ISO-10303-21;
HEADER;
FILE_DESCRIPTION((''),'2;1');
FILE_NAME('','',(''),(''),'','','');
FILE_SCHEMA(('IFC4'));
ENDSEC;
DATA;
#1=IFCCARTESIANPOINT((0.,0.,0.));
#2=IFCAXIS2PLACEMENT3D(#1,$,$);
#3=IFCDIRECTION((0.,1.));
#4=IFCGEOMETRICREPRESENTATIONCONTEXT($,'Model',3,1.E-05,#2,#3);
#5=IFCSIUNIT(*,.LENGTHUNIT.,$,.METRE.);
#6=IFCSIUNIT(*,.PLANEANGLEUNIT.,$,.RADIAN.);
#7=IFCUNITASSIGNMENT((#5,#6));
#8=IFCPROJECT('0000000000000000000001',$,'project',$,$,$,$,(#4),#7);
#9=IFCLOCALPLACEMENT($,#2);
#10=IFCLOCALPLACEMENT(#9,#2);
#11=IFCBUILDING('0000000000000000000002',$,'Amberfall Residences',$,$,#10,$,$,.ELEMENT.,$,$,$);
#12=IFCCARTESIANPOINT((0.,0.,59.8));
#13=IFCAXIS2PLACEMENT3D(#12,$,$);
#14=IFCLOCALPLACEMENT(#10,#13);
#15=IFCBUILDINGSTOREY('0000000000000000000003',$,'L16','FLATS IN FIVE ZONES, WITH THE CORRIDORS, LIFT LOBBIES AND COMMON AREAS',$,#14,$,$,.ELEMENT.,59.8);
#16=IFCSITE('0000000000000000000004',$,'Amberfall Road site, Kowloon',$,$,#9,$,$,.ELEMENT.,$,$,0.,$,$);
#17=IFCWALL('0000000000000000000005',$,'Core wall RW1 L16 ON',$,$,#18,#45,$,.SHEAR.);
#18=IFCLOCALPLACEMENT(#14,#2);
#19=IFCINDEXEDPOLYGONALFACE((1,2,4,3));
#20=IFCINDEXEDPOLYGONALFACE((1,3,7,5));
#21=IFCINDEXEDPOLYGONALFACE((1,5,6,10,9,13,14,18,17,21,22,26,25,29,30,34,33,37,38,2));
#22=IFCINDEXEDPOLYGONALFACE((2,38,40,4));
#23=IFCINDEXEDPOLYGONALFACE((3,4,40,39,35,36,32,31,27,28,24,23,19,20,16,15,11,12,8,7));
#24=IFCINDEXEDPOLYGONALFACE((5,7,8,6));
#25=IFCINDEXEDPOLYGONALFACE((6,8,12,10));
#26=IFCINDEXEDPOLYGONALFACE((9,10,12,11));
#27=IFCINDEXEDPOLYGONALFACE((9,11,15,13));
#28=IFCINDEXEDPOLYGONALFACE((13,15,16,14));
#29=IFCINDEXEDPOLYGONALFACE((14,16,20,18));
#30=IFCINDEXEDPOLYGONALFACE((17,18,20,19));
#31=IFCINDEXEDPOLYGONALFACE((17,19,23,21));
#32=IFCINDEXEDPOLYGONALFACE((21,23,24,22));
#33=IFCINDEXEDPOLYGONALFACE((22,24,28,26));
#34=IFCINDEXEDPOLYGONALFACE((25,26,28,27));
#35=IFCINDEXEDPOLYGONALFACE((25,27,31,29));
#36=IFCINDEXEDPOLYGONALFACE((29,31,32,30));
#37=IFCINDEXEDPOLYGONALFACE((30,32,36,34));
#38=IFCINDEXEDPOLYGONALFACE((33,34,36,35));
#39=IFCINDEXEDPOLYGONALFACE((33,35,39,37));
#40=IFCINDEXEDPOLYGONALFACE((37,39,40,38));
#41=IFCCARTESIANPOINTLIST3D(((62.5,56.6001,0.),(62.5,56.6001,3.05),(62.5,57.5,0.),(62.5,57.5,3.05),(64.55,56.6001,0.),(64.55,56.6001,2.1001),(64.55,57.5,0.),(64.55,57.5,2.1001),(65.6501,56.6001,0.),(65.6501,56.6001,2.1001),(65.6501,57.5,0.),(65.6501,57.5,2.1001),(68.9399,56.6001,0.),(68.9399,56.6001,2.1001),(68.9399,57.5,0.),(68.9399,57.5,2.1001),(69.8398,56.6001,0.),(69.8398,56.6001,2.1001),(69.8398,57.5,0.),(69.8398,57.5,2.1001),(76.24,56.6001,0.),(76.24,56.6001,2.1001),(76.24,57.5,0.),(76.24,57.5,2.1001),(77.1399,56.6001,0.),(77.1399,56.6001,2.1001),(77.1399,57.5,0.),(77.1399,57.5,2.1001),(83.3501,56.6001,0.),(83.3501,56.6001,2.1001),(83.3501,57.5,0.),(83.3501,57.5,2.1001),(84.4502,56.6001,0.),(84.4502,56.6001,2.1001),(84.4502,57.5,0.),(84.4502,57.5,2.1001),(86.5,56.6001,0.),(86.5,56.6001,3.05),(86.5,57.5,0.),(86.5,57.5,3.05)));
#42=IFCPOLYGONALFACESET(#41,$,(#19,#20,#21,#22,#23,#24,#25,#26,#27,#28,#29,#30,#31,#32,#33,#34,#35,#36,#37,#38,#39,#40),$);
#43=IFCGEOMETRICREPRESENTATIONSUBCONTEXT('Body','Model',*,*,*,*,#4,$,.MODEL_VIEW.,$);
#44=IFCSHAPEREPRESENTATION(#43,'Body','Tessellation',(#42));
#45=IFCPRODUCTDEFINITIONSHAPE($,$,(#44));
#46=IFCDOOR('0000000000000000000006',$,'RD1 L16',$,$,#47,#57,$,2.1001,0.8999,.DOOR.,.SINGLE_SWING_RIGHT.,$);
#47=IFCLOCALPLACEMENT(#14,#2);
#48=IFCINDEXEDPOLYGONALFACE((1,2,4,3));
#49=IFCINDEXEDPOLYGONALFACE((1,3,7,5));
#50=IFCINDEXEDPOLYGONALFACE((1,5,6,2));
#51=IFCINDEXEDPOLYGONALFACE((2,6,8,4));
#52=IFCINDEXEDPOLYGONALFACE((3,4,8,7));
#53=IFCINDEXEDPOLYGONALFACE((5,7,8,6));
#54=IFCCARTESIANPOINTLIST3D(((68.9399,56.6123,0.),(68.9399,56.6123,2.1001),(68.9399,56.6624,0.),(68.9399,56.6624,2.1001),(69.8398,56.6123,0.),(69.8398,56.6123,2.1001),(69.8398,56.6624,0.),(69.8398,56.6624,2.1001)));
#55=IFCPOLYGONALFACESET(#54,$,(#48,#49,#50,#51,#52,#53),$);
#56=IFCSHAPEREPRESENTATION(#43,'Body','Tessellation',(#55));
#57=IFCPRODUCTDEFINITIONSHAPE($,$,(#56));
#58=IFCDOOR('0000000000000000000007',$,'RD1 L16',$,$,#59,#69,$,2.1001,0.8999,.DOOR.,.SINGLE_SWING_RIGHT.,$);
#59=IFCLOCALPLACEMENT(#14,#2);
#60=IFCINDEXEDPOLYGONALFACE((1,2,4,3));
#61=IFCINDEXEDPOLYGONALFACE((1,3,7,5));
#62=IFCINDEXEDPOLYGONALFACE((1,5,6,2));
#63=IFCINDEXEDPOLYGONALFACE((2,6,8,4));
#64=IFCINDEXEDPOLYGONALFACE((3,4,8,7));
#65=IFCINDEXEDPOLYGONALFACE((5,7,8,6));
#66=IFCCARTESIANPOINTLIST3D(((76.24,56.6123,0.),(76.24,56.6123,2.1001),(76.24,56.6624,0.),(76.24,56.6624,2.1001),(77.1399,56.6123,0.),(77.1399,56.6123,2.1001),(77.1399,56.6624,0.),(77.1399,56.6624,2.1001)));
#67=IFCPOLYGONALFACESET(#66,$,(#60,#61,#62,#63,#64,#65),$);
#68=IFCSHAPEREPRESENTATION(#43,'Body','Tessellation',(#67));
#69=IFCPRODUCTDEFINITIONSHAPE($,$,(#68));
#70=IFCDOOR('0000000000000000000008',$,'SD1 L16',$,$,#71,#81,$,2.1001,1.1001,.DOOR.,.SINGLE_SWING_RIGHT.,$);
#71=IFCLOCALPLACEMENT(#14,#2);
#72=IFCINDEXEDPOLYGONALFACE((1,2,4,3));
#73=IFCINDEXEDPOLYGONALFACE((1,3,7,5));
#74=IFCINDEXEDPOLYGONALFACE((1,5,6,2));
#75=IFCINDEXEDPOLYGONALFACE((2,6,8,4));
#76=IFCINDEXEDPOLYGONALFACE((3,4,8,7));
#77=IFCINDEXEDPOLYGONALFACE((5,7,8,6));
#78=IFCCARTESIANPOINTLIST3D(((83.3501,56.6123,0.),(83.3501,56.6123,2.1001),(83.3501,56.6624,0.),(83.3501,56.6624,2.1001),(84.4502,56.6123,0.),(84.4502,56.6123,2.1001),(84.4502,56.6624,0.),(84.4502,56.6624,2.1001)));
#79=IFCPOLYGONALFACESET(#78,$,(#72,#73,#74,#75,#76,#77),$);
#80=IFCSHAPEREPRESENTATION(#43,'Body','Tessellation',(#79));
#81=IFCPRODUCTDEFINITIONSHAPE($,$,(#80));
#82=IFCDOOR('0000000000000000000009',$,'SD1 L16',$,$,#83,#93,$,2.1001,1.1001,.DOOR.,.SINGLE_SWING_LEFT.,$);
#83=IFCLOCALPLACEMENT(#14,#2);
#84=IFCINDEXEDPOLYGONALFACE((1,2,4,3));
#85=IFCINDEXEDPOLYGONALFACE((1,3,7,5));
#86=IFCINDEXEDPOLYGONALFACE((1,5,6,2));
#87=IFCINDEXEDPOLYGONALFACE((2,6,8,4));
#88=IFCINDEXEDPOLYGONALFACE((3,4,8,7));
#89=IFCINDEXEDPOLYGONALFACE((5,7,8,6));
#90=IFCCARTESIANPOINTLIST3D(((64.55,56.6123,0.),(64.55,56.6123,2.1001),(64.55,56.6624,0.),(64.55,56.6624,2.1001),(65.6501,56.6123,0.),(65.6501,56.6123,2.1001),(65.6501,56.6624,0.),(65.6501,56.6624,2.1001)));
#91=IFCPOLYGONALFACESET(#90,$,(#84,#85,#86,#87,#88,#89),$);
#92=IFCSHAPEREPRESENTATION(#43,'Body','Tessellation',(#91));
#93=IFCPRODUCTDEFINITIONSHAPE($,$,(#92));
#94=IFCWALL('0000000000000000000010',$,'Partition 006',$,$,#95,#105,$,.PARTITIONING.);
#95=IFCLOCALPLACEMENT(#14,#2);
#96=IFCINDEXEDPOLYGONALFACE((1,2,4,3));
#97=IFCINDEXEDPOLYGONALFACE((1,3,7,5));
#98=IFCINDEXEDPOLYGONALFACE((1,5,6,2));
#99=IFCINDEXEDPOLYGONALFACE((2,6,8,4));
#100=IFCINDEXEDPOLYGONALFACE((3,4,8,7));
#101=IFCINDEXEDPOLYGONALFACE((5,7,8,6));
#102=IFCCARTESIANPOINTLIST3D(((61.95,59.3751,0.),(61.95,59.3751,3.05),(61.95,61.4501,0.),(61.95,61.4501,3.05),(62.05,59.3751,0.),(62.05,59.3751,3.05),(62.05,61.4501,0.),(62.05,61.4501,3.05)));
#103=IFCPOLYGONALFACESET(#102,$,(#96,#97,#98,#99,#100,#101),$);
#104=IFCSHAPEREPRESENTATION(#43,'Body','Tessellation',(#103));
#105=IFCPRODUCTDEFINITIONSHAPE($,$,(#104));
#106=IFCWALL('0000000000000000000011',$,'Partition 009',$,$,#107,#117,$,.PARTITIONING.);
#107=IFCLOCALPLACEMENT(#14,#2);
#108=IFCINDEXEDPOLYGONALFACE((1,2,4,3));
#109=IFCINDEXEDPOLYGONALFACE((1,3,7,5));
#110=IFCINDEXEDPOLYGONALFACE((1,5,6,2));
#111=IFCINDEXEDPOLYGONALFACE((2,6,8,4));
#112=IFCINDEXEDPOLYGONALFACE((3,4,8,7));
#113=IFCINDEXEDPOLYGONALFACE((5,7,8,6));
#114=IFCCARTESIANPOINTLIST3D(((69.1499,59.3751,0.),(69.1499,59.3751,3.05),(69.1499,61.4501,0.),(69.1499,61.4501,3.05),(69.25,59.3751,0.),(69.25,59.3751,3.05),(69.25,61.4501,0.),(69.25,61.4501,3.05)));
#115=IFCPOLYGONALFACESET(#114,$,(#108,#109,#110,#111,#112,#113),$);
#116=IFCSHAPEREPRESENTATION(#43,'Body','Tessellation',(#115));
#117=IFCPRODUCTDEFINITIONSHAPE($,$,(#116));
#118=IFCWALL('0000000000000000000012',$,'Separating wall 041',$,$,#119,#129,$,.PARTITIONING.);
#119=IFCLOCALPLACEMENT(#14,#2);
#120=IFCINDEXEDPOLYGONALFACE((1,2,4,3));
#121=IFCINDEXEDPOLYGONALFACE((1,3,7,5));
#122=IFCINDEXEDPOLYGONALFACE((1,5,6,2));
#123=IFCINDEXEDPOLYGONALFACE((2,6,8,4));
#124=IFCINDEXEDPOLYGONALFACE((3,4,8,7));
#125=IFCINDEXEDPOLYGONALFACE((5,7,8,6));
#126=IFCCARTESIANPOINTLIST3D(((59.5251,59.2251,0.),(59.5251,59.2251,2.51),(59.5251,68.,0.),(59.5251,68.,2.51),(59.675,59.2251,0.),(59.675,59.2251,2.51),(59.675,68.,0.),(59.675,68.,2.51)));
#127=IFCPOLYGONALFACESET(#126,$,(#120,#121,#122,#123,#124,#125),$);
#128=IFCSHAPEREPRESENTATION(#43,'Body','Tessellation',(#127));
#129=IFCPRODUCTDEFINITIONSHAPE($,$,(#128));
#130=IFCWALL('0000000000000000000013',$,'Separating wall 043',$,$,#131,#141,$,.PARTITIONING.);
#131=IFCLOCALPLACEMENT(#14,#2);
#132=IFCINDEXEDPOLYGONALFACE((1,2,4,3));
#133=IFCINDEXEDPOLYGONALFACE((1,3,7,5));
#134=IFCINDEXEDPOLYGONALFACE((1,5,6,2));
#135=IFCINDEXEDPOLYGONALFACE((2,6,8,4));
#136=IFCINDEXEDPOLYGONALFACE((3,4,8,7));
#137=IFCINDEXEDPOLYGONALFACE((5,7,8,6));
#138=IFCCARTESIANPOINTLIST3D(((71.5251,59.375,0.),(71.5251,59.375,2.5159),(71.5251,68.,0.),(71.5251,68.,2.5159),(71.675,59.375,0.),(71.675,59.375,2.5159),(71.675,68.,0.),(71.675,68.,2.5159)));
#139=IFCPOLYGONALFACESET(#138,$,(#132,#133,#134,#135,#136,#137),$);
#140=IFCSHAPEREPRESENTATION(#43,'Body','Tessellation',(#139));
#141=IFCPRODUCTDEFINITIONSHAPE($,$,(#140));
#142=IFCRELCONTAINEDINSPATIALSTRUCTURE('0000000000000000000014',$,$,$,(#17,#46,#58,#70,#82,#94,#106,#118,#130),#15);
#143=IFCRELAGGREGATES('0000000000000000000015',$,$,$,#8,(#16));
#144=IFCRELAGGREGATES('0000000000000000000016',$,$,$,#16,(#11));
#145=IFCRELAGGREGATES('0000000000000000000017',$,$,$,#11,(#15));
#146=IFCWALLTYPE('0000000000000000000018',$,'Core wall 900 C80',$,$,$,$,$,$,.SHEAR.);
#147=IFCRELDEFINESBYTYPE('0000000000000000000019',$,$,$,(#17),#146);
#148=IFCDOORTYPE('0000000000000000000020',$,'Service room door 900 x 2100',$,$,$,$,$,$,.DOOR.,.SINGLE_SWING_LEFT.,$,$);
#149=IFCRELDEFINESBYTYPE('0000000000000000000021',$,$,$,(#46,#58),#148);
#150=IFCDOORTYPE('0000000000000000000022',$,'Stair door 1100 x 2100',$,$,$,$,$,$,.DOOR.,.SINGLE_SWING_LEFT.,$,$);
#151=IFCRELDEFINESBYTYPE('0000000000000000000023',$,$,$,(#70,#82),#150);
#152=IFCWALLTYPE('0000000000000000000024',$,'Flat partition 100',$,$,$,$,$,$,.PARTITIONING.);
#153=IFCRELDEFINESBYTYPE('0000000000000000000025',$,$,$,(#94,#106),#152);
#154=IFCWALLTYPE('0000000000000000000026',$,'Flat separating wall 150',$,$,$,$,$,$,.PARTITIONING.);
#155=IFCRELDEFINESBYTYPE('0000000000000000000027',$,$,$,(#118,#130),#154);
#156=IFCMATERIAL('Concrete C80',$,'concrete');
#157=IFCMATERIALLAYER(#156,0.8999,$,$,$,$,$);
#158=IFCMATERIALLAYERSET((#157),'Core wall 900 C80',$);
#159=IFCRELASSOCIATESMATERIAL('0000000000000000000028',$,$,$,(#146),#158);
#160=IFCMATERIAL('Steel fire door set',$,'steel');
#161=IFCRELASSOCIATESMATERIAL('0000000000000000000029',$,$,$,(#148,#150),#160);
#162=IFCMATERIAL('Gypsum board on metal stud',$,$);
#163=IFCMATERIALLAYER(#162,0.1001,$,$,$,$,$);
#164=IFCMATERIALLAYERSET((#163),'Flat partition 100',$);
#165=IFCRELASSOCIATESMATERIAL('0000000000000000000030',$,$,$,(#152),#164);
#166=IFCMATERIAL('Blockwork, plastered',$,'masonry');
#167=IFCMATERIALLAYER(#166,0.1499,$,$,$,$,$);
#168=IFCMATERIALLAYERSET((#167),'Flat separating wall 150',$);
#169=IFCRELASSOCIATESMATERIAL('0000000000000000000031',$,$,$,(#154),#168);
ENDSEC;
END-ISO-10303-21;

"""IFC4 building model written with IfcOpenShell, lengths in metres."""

from ifc_helpers import new_model, si_unit, direction, frame, frame_2d, origin, place, context, subcontext, project, spatial, rectangle, extrude, material, layer, layer_set, type_object, element, fill, save


model = new_model("IFC4")

# Units and contexts
model_context = context("Model", 3, precision=1e-05, world=origin(), true_north=direction((0.0, 1.0)))
body_context = subcontext(model_context, "Body", "Model", "MODEL_VIEW")
ifc_project = project(units=[si_unit("LENGTHUNIT", "METRE"), si_unit("PLANEANGLEUNIT", "RADIAN")], contexts=[model_context])

# Site, building, storey
site_placement = place(None, origin())
site = spatial("IfcSite", under=ifc_project, at=site_placement, Name="Amberfall Road site, Kowloon", CompositionType="ELEMENT", RefElevation=0.0)
building_placement = place(site_placement, origin())
building = spatial("IfcBuilding", under=site, at=building_placement, Name="Amberfall Residences", CompositionType="ELEMENT")
storey_placement = place(building_placement, frame((0.0, 0.0, 59.8)))
storey = spatial("IfcBuildingStorey", under=building, at=storey_placement, Name="L16", Description="FLATS IN FIVE ZONES, WITH THE CORRIDORS, LIFT LOBBIES AND COMMON AREAS", CompositionType="ELEMENT", Elevation=59.8)

# Wall, openings, doors
ifc_material_1 = material(Name="Concrete C80", Category="concrete")
ifc_layer_1 = layer(ifc_material_1, 0.8999)
ifc_layer_set_1 = layer_set([ifc_layer_1], Name="Core wall 900 C80")
wall_type_1 = type_object("IfcWallType", Name="Core wall 900 C80", PredefinedType="SHEAR", material=ifc_layer_set_1)
wall_1_placement = place(storey_placement, frame((62.5, 57.05, 0.0), z_axis=(0.0, 0.0, 1.0), x_axis=(1.0, 0.0, 0.0)))
wall_1 = element("IfcWall", 1, at=wall_1_placement, inside=storey, type_object=wall_type_1, Name="Core wall RW1 L16 ON", PredefinedType="SHEAR", context=body_context, shape_type="SweptSolid", body=[
    extrude(rectangle(XDim=24.0, YDim=0.8999, at=frame_2d((12.0, 0.0))), origin(), (0.0, 0.0, 1.0), 3.05),
])
opening_1_placement = place(wall_1_placement, frame((20.8501, 0.0, 0.0)))
opening_1 = element("IfcOpeningElement", 2, at=opening_1_placement, cuts=wall_1, PredefinedType="OPENING", context=body_context, shape_type="SweptSolid", body=[
    extrude(rectangle(XDim=1.1001, YDim=2.1001, at=frame_2d((0.55, 1.05))), frame((0.0, 0.46, 0.0), z_axis=(0.0, -1.0, 0.0), x_axis=(1.0, 0.0, 0.0)), (0.0, 0.0, 1.0), 0.9199),
])
opening_2_placement = place(wall_1_placement, frame((2.05, 0.0, 0.0)))
opening_2 = element("IfcOpeningElement", 3, at=opening_2_placement, cuts=wall_1, PredefinedType="OPENING", context=body_context, shape_type="SweptSolid", body=[
    extrude(rectangle(XDim=1.1001, YDim=2.1001, at=frame_2d((0.55, 1.05))), frame((0.0, 0.46, 0.0), z_axis=(0.0, -1.0, 0.0), x_axis=(1.0, 0.0, 0.0)), (0.0, 0.0, 1.0), 0.9199),
])
opening_3_placement = place(wall_1_placement, frame((6.4399, 0.0, 0.0)))
opening_3 = element("IfcOpeningElement", 4, at=opening_3_placement, cuts=wall_1, PredefinedType="OPENING", context=body_context, shape_type="SweptSolid", body=[
    extrude(rectangle(XDim=0.8999, YDim=2.1001, at=frame_2d((0.45, 1.05))), frame((0.0, 0.46, 0.0), z_axis=(0.0, -1.0, 0.0), x_axis=(1.0, 0.0, 0.0)), (0.0, 0.0, 1.0), 0.9199),
])
opening_4_placement = place(wall_1_placement, frame((13.74, 0.0, 0.0)))
opening_4 = element("IfcOpeningElement", 5, at=opening_4_placement, cuts=wall_1, PredefinedType="OPENING", context=body_context, shape_type="SweptSolid", body=[
    extrude(rectangle(XDim=0.8999, YDim=2.1001, at=frame_2d((0.45, 1.05))), frame((0.0, 0.46, 0.0), z_axis=(0.0, -1.0, 0.0), x_axis=(1.0, 0.0, 0.0)), (0.0, 0.0, 1.0), 0.9199),
])
ifc_material_2 = material(Name="Steel fire door set", Category="steel")
door_type_1 = type_object("IfcDoorType", Name="Service room door 900 x 2100", OperationType="SINGLE_SWING_LEFT", PredefinedType="DOOR", material=ifc_material_2)
door_1_placement = place(opening_3_placement, origin())
door_1 = element("IfcDoor", 6, at=door_1_placement, inside=storey, type_object=door_type_1, Name="RD1 L16", OperationType="SINGLE_SWING_RIGHT", OverallHeight=2.1001, OverallWidth=0.8999, PredefinedType="DOOR", context=body_context, shape_type="SweptSolid", body=[
    extrude(rectangle(XDim=0.8999, YDim=2.1001, at=frame_2d((0.45, 1.05))), frame((0.0, -0.3877, 0.0), z_axis=(0.0, -1.0, 0.0), x_axis=(1.0, 0.0, 0.0)), (0.0, 0.0, 1.0), 0.05),
])
fill(opening_3, door_1)
door_2_placement = place(opening_4_placement, origin())
door_2 = element("IfcDoor", 7, at=door_2_placement, inside=storey, type_object=door_type_1, Name="RD1 L16", OperationType="SINGLE_SWING_RIGHT", OverallHeight=2.1001, OverallWidth=0.8999, PredefinedType="DOOR", context=body_context, shape_type="SweptSolid", body=[
    extrude(rectangle(XDim=0.8999, YDim=2.1001, at=frame_2d((0.45, 1.05))), frame((0.0, -0.3877, 0.0), z_axis=(0.0, -1.0, 0.0), x_axis=(1.0, 0.0, 0.0)), (0.0, 0.0, 1.0), 0.05),
])
fill(opening_4, door_2)
door_type_2 = type_object("IfcDoorType", Name="Stair door 1100 x 2100", OperationType="SINGLE_SWING_LEFT", PredefinedType="DOOR", material=ifc_material_2)
door_3_placement = place(opening_1_placement, origin())
door_3 = element("IfcDoor", 8, at=door_3_placement, inside=storey, type_object=door_type_2, Name="SD1 L16", OperationType="SINGLE_SWING_RIGHT", OverallHeight=2.1001, OverallWidth=1.1001, PredefinedType="DOOR", context=body_context, shape_type="SweptSolid", body=[
    extrude(rectangle(XDim=1.1001, YDim=2.1001, at=frame_2d((0.55, 1.05))), frame((0.0, -0.3877, 0.0), z_axis=(0.0, -1.0, 0.0), x_axis=(1.0, 0.0, 0.0)), (0.0, 0.0, 1.0), 0.05),
])
fill(opening_1, door_3)
door_4_placement = place(opening_2_placement, origin())
door_4 = element("IfcDoor", 9, at=door_4_placement, inside=storey, type_object=door_type_2, Name="SD1 L16", OperationType="SINGLE_SWING_LEFT", OverallHeight=2.1001, OverallWidth=1.1001, PredefinedType="DOOR", context=body_context, shape_type="SweptSolid", body=[
    extrude(rectangle(XDim=1.1001, YDim=2.1001, at=frame_2d((0.55, 1.05))), frame((0.0, -0.3877, 0.0), z_axis=(0.0, -1.0, 0.0), x_axis=(1.0, 0.0, 0.0)), (0.0, 0.0, 1.0), 0.05),
])
fill(opening_2, door_4)

# Walls
ifc_material_3 = material(Name="Gypsum board on metal stud")
ifc_layer_2 = layer(ifc_material_3, 0.1001)
ifc_layer_set_2 = layer_set([ifc_layer_2], Name="Flat partition 100")
wall_type_2 = type_object("IfcWallType", Name="Flat partition 100", PredefinedType="PARTITIONING", material=ifc_layer_set_2)
for number, where, z_axis, x_axis, name in (
    (10, (62.0, 59.375, 0.0), (0.0, 0.0, 1.0), (0.0, 1.0, 0.0), "Partition 006"),
    (11, (69.2, 59.375, 0.0), (0.0, 0.0, 1.0), (0.0, 1.0, 0.0), "Partition 009"),
):
    element("IfcWall", number, at=place(storey_placement, frame(where, z_axis=z_axis, x_axis=x_axis)), inside=storey, type_object=wall_type_2, Name=name, PredefinedType="PARTITIONING", context=body_context, shape_type="SweptSolid", body=[
        extrude(rectangle(XDim=2.075, YDim=0.1001, at=frame_2d((1.0376, 0.0))), origin(), (0.0, 0.0, 1.0), 3.05),
    ])
ifc_material_4 = material(Name="Blockwork, plastered", Category="masonry")
ifc_layer_3 = layer(ifc_material_4, 0.1499)
ifc_layer_set_3 = layer_set([ifc_layer_3], Name="Flat separating wall 150")
wall_type_3 = type_object("IfcWallType", Name="Flat separating wall 150", PredefinedType="PARTITIONING", material=ifc_layer_set_3)
wall_2_placement = place(storey_placement, frame((59.6001, 59.2251, 0.0), z_axis=(0.0, 0.0, 1.0), x_axis=(0.0, 1.0, 0.0)))
element("IfcWall", 12, at=wall_2_placement, inside=storey, type_object=wall_type_3, Name="Separating wall 041", PredefinedType="PARTITIONING", context=body_context, shape_type="SweptSolid", body=[
    extrude(rectangle(XDim=8.7749, YDim=0.1499, at=frame_2d((4.3875, 0.0))), origin(), (0.0, 0.0, 1.0), 2.51),
])
wall_3_placement = place(storey_placement, frame((71.6001, 59.375, 0.0), z_axis=(0.0, 0.0, 1.0), x_axis=(0.0, 1.0, 0.0)))
element("IfcWall", 13, at=wall_3_placement, inside=storey, type_object=wall_type_3, Name="Separating wall 043", PredefinedType="PARTITIONING", context=body_context, shape_type="SweptSolid", body=[
    extrude(rectangle(XDim=8.625, YDim=0.1499, at=frame_2d((4.3125, 0.0))), origin(), (0.0, 0.0, 1.0), 2.5159),
])

save(model, "model.ifc")
